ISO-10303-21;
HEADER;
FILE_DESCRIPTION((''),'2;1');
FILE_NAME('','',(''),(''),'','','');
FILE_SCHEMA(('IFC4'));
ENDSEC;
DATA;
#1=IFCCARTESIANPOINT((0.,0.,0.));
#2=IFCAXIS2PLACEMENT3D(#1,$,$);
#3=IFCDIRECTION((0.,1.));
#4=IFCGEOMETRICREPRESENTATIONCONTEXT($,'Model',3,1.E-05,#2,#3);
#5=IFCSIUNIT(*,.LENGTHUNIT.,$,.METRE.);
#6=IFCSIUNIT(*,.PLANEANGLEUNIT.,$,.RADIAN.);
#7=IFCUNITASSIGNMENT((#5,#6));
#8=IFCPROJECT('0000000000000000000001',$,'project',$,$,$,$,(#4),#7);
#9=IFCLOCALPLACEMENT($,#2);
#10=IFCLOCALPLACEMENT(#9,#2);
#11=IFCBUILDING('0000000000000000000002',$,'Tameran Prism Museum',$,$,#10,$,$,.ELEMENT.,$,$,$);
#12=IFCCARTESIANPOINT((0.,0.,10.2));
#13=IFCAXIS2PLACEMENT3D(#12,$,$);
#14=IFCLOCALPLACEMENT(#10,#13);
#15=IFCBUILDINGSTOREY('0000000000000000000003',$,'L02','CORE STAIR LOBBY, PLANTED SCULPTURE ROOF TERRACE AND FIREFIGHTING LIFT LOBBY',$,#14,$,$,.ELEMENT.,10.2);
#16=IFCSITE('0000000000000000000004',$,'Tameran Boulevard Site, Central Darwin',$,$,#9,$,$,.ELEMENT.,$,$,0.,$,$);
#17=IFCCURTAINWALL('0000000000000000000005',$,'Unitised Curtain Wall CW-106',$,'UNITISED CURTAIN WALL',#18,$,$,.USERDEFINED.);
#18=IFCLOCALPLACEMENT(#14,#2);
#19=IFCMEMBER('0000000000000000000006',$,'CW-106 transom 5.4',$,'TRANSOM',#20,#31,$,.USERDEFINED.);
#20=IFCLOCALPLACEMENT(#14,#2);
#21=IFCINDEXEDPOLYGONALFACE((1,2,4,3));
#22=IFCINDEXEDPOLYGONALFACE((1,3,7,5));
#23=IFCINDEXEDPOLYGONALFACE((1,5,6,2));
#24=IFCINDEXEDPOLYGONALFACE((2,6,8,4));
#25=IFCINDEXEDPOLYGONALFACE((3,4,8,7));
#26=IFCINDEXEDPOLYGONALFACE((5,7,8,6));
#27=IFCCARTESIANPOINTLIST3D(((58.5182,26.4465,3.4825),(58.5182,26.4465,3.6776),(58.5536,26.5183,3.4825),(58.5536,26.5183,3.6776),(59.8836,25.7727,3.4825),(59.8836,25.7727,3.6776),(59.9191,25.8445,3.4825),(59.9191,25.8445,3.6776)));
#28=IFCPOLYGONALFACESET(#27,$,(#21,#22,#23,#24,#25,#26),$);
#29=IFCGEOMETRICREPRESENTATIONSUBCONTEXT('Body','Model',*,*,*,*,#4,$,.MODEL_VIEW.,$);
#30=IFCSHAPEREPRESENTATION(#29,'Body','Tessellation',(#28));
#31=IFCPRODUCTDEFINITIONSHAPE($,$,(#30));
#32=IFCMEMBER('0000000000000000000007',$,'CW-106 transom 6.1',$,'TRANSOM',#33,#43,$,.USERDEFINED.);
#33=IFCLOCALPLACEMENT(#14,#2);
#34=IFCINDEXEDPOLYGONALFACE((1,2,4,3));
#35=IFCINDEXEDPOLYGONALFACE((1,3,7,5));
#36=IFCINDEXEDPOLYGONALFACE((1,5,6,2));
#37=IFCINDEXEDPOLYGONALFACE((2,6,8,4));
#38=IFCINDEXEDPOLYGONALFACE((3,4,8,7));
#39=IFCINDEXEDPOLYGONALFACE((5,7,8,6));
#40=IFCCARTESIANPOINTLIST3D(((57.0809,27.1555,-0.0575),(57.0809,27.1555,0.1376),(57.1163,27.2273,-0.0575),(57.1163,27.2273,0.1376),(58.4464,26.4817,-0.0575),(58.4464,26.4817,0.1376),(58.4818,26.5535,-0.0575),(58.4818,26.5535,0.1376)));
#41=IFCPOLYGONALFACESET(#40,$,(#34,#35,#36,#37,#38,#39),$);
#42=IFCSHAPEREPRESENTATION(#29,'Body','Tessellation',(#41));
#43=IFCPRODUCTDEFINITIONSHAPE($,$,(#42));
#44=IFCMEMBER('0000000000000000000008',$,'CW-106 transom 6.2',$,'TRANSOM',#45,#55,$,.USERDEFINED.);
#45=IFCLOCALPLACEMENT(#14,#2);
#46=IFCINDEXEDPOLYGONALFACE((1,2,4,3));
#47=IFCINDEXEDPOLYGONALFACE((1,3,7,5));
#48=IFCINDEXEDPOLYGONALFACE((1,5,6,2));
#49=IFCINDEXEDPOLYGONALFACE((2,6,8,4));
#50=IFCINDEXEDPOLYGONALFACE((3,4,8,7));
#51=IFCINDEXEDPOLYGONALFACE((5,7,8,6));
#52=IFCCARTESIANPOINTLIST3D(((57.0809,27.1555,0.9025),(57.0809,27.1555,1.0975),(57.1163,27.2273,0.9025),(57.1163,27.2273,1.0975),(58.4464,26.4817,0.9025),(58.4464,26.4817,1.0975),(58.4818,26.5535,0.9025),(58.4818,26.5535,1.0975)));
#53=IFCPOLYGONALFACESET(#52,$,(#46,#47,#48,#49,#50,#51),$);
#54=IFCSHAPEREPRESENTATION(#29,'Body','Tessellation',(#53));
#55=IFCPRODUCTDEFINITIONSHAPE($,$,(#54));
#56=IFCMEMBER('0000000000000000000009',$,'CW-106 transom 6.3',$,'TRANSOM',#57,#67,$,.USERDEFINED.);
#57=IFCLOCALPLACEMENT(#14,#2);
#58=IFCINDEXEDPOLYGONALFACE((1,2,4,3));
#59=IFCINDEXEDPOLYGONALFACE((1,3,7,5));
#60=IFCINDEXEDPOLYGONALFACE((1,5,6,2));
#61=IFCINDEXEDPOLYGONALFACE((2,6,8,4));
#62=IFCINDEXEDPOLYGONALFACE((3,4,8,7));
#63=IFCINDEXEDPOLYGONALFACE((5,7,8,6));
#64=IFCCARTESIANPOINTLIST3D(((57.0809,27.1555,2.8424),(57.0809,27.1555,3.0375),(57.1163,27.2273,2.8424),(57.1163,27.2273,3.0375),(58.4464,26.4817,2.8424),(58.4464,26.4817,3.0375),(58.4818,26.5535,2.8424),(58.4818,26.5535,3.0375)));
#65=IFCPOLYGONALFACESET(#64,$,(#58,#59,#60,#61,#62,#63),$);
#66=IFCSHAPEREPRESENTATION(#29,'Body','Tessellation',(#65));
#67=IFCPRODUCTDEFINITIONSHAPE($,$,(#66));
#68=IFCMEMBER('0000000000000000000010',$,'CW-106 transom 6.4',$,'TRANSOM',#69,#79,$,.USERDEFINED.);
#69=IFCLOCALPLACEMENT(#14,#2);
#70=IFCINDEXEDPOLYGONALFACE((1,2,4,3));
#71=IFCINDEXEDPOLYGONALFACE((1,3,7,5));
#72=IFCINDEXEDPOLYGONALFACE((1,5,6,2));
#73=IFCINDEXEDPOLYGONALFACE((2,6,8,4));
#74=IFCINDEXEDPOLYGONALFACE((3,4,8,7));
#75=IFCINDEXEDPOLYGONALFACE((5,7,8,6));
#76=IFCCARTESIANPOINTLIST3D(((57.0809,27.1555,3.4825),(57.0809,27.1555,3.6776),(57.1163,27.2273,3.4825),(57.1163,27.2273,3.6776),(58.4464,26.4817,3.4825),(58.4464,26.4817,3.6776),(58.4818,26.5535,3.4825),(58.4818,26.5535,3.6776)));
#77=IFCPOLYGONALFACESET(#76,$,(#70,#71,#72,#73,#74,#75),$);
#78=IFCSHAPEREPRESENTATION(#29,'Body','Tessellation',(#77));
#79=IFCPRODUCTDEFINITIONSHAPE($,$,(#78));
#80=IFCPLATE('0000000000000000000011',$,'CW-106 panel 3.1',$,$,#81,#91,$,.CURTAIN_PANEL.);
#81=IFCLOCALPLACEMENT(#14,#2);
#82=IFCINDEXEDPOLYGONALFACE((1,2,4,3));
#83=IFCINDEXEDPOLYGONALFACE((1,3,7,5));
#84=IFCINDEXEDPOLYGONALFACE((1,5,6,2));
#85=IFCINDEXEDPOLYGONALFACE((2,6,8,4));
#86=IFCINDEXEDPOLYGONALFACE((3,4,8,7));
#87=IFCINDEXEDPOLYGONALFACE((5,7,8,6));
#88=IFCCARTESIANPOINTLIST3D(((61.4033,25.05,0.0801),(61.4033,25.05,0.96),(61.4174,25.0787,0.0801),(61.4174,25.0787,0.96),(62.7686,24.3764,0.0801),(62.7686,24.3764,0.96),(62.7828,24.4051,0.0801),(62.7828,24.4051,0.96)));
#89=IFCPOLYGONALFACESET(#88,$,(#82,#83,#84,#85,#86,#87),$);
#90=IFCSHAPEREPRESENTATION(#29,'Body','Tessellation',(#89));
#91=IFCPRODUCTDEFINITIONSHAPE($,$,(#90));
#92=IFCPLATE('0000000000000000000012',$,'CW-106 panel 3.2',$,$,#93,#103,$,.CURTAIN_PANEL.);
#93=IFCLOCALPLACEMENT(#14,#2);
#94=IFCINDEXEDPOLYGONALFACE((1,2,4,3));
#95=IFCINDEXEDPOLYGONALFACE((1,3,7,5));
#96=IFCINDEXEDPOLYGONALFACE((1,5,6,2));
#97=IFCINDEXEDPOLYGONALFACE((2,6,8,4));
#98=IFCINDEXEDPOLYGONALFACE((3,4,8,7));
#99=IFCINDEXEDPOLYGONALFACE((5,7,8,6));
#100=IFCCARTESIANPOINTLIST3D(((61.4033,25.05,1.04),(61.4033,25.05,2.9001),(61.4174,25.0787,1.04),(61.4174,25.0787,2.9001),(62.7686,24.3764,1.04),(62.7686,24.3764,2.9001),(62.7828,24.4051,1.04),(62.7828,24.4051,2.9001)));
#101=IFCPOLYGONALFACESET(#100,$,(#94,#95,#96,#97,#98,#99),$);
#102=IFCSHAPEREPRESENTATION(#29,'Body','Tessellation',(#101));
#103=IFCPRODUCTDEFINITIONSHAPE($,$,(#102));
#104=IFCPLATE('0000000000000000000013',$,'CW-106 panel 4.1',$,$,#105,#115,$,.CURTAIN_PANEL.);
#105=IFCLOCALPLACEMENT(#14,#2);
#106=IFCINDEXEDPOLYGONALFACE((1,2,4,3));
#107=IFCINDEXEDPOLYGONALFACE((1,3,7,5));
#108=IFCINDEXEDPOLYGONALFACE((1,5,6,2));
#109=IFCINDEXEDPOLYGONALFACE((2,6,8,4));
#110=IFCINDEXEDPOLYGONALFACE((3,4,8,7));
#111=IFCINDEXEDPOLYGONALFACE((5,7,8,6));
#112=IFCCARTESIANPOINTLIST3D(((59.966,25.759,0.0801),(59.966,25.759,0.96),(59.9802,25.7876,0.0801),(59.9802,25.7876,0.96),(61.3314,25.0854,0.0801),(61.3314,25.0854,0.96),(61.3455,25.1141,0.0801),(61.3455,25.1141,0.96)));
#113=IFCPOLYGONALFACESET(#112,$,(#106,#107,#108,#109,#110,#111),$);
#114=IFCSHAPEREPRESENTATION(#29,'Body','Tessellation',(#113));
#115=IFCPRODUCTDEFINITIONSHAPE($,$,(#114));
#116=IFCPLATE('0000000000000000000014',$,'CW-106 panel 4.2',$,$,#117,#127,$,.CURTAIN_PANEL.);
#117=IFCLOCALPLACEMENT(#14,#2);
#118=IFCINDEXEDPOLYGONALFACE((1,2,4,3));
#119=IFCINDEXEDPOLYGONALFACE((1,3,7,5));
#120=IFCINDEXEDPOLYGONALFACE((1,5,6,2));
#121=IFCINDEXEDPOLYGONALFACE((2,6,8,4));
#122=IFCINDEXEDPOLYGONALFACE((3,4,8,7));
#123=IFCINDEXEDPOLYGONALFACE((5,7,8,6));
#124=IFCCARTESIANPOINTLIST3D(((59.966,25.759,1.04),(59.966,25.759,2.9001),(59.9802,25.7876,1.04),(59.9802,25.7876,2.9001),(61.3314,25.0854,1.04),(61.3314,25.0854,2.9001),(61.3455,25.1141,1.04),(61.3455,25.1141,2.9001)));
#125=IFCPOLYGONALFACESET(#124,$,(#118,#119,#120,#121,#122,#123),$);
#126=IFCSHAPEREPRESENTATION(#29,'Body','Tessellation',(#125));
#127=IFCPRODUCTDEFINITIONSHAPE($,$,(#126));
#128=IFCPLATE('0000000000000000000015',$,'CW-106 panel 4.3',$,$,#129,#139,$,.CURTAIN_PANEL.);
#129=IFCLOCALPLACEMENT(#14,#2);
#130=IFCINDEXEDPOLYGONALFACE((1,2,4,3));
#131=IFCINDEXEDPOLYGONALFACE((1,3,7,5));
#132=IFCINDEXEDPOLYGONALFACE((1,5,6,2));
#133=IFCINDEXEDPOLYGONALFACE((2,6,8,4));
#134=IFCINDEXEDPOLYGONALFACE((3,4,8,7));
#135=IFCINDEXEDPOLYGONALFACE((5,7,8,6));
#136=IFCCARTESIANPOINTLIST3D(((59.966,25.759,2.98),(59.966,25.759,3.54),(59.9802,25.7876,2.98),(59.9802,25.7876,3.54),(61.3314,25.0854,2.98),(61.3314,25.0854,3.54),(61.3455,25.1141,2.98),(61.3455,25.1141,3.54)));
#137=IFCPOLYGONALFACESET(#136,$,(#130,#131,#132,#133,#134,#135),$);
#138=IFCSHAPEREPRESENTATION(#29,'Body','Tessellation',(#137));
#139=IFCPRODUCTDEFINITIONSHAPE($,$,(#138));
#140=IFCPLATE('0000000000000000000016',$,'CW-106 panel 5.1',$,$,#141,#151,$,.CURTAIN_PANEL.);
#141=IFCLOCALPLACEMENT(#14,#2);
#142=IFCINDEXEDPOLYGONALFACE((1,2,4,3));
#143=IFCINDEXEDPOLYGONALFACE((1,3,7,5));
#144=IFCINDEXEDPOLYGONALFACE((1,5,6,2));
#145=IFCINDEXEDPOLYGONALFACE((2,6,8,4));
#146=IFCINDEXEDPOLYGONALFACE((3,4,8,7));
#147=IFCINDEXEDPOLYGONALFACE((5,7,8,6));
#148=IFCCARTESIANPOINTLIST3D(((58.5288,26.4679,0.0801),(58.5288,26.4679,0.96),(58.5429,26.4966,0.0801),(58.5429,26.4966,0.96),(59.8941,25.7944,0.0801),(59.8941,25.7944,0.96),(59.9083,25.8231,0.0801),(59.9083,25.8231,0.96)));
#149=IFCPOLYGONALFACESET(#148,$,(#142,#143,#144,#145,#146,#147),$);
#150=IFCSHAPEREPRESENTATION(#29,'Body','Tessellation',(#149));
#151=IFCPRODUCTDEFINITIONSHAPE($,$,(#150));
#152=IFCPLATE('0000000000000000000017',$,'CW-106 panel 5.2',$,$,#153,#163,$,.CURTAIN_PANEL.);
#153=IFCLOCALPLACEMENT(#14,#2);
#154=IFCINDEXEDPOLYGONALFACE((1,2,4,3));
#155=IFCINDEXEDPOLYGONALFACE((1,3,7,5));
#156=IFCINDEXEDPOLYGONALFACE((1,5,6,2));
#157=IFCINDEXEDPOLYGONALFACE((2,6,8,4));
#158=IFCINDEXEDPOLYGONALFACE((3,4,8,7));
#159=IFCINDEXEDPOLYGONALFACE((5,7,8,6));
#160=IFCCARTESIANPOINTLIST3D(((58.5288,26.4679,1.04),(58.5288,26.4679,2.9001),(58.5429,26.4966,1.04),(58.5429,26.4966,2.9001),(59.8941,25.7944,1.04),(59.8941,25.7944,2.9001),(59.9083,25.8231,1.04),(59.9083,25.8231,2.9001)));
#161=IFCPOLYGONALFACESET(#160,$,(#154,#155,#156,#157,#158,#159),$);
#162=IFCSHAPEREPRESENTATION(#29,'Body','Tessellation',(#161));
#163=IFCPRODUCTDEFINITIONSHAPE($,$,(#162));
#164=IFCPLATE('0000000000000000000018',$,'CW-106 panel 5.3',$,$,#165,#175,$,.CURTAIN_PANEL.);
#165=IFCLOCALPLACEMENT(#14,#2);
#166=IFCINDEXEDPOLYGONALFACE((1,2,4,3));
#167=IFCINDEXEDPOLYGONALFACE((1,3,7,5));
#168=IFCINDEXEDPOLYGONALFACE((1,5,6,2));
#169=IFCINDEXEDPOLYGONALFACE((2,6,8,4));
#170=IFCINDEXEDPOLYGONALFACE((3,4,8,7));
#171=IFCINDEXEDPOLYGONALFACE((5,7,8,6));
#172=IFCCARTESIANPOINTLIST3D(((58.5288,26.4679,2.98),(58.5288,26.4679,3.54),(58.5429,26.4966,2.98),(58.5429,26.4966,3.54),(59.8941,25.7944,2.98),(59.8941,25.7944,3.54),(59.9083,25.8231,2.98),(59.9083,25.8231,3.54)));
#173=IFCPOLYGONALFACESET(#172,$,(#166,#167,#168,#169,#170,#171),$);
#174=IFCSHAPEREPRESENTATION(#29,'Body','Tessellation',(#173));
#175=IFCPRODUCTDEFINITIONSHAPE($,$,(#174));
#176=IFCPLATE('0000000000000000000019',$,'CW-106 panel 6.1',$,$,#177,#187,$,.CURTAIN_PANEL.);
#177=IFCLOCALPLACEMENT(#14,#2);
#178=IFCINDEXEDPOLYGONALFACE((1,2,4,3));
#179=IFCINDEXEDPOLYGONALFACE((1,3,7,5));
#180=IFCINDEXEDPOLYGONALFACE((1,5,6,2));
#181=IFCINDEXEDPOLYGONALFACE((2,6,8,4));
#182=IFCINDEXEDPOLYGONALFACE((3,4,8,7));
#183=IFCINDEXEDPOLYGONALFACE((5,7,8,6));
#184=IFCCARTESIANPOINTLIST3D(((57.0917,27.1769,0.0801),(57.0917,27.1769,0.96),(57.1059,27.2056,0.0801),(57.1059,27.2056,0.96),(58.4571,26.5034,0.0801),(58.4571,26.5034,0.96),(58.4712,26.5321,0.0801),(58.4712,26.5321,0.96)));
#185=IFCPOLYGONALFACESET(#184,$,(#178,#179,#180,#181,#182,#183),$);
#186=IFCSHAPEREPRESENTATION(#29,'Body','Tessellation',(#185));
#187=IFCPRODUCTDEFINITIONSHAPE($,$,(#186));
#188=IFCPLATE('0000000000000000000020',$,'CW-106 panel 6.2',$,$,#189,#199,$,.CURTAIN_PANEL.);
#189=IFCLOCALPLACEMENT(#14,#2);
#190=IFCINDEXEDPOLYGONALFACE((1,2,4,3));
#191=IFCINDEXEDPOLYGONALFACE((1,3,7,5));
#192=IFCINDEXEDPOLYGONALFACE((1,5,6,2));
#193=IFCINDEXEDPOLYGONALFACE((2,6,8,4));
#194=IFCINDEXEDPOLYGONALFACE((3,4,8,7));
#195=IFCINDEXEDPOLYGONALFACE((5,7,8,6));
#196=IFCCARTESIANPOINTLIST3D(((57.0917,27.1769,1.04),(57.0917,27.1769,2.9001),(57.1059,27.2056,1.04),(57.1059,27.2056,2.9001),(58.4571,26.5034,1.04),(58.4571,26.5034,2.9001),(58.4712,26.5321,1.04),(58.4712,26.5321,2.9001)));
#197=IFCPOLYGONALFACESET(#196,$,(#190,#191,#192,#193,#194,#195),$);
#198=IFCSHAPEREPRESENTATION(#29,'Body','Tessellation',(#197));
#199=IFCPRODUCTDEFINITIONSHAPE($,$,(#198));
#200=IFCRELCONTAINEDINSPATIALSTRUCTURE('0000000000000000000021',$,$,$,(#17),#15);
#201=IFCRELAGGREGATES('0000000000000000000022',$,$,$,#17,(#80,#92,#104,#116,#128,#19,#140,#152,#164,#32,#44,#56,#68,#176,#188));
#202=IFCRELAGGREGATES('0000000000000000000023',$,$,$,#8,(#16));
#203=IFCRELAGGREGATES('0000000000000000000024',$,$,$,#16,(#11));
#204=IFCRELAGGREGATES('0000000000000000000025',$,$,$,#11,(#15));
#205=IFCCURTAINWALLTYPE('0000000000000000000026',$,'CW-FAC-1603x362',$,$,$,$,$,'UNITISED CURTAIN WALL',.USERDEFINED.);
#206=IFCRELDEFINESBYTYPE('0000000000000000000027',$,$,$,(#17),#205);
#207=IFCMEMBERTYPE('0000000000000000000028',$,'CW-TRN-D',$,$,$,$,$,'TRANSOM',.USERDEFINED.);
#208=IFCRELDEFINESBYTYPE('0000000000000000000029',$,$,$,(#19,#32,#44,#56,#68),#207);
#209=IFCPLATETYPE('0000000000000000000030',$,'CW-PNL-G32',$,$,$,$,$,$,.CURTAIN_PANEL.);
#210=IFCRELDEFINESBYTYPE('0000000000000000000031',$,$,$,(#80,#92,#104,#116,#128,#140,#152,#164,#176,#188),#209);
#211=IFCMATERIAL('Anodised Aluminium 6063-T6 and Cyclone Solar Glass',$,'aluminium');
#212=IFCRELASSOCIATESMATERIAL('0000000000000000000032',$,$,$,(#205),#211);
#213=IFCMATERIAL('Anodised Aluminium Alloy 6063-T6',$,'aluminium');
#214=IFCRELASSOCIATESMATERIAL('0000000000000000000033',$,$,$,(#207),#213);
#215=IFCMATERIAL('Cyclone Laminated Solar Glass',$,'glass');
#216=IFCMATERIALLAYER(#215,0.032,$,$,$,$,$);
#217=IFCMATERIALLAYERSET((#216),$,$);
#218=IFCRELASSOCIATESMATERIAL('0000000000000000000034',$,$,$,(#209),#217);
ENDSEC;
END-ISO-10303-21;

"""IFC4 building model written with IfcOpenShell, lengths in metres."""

from ifc_helpers import new_model, si_unit, direction, frame, origin, origin_2d, place, context, subcontext, project, spatial, rectangle, extrude, material, layer, layer_set, material_profile, profile_set, type_object, element, aggregate, save


model = new_model("IFC4")

# Units and contexts
model_context = context("Model", 3, precision=1e-05, world=origin(), true_north=direction((0.0, 1.0)))
body_context = subcontext(model_context, "Body", "Model", "MODEL_VIEW")
ifc_project = project(units=[si_unit("LENGTHUNIT", "METRE"), si_unit("PLANEANGLEUNIT", "RADIAN")], contexts=[model_context])

# Site, building, storey
site_placement = place(None, origin())
site = spatial("IfcSite", under=ifc_project, at=site_placement, Name="Tameran Boulevard Site, Central Darwin", CompositionType="ELEMENT", RefElevation=0.0)
building_placement = place(site_placement, origin())
building = spatial("IfcBuilding", under=site, at=building_placement, Name="Tameran Prism Museum", CompositionType="ELEMENT")
storey_placement = place(building_placement, frame((0.0, 0.0, 10.2)))
storey = spatial("IfcBuildingStorey", under=building, at=storey_placement, Name="L02", Description="CORE STAIR LOBBY, PLANTED SCULPTURE ROOF TERRACE AND FIREFIGHTING LIFT LOBBY", CompositionType="ELEMENT", Elevation=10.2)

# Curtain wall, members, plates
ifc_material_1 = material(Name="Anodised Aluminium 6063-T6 and Cyclone Solar Glass", Category="aluminium")
curtain_wall_type = type_object("IfcCurtainWallType", Name="CW-FAC-1603x362", ElementType="UNITISED CURTAIN WALL", PredefinedType="USERDEFINED", material=ifc_material_1)
curtain_wall_placement = place(storey_placement, origin())
curtain_wall = element("IfcCurtainWall", 1, at=curtain_wall_placement, inside=storey, type_object=curtain_wall_type, Name="Unitised Curtain Wall CW-106", ObjectType="UNITISED CURTAIN WALL", PredefinedType="USERDEFINED")
ifc_material_2 = material(Name="Anodised Aluminium Alloy 6063-T6", Category="aluminium")
ifc_material_profile_1 = material_profile(ifc_material_2, rectangle(XDim=0.0801, YDim=0.1951, at=origin_2d()))
ifc_profile_set_1 = profile_set([ifc_material_profile_1])
member_type_1 = type_object("IfcMemberType", Name="CW-TRN-D", ElementType="TRANSOM", PredefinedType="USERDEFINED", material=ifc_profile_set_1)
member_1_placement = place(storey_placement, frame((59.9014, 25.8086, 3.5801), z_axis=(-0.896756, 0.442526, 0.0), x_axis=(-0.442526, -0.896756, 0.0)))
member_1 = element("IfcMember", 2, at=member_1_placement, type_object=member_type_1, Name="CW-106 transom 5.4", ObjectType="TRANSOM", PredefinedType="USERDEFINED", context=body_context, shape_type="SweptSolid", body=[
    extrude(rectangle(XDim=0.0801, YDim=0.1951, at=origin_2d()), origin(), (0.0, 0.0, 1.0), 1.5227),
])
member_2_placement = place(storey_placement, frame((58.4641, 26.5176, 0.04), z_axis=(-0.896756, 0.442526, 0.0), x_axis=(-0.442526, -0.896756, 0.0)))
member_2 = element("IfcMember", 3, at=member_2_placement, type_object=member_type_1, Name="CW-106 transom 6.1", ObjectType="TRANSOM", PredefinedType="USERDEFINED", context=body_context, shape_type="SweptSolid", body=[
    extrude(rectangle(XDim=0.0801, YDim=0.1951, at=origin_2d()), origin(), (0.0, 0.0, 1.0), 1.5227),
])
member_3_placement = place(storey_placement, frame((58.4641, 26.5176, 1.0), z_axis=(-0.896756, 0.442526, 0.0), x_axis=(-0.442526, -0.896756, 0.0)))
member_3 = element("IfcMember", 4, at=member_3_placement, type_object=member_type_1, Name="CW-106 transom 6.2", ObjectType="TRANSOM", PredefinedType="USERDEFINED", context=body_context, shape_type="SweptSolid", body=[
    extrude(rectangle(XDim=0.0801, YDim=0.1951, at=origin_2d()), origin(), (0.0, 0.0, 1.0), 1.5227),
])
member_4_placement = place(storey_placement, frame((58.4641, 26.5176, 2.9399), z_axis=(-0.896756, 0.442526, 0.0), x_axis=(-0.442526, -0.896756, 0.0)))
member_4 = element("IfcMember", 5, at=member_4_placement, type_object=member_type_1, Name="CW-106 transom 6.3", ObjectType="TRANSOM", PredefinedType="USERDEFINED", context=body_context, shape_type="SweptSolid", body=[
    extrude(rectangle(XDim=0.0801, YDim=0.1951, at=origin_2d()), origin(), (0.0, 0.0, 1.0), 1.5227),
])
member_5_placement = place(storey_placement, frame((58.4641, 26.5176, 3.5801), z_axis=(-0.896756, 0.442526, 0.0), x_axis=(-0.442526, -0.896756, 0.0)))
member_5 = element("IfcMember", 6, at=member_5_placement, type_object=member_type_1, Name="CW-106 transom 6.4", ObjectType="TRANSOM", PredefinedType="USERDEFINED", context=body_context, shape_type="SweptSolid", body=[
    extrude(rectangle(XDim=0.0801, YDim=0.1951, at=origin_2d()), origin(), (0.0, 0.0, 1.0), 1.5227),
])
ifc_material_3 = material(Name="Cyclone Laminated Solar Glass", Category="glass")
ifc_layer = layer(ifc_material_3, 0.032)
ifc_layer_set = layer_set([ifc_layer])
plate_type = type_object("IfcPlateType", Name="CW-PNL-G32", PredefinedType="CURTAIN_PANEL", material=ifc_layer_set)
plate_1_placement = place(storey_placement, frame((62.093, 24.7275, 0.0801), z_axis=(0.0, 0.0, 1.0), x_axis=(-0.896811, 0.442415, 0.0)))
plate_1 = element("IfcPlate", 7, at=plate_1_placement, type_object=plate_type, Name="CW-106 panel 3.1", PredefinedType="CURTAIN_PANEL", context=body_context, shape_type="SweptSolid", body=[
    extrude(rectangle(XDim=1.5225, YDim=0.032, at=origin_2d()), origin(), (0.0, 0.0, 1.0), 0.8799),
])
plate_2_placement = place(storey_placement, frame((62.093, 24.7275, 1.04), z_axis=(0.0, 0.0, 1.0), x_axis=(-0.896811, 0.442415, 0.0)))
plate_2 = element("IfcPlate", 8, at=plate_2_placement, type_object=plate_type, Name="CW-106 panel 3.2", PredefinedType="CURTAIN_PANEL", context=body_context, shape_type="SweptSolid", body=[
    extrude(rectangle(XDim=1.5225, YDim=0.032, at=origin_2d()), origin(), (0.0, 0.0, 1.0), 1.8601),
])
plate_3_placement = place(storey_placement, frame((60.6558, 25.4365, 0.0801), z_axis=(0.0, 0.0, 1.0), x_axis=(-0.896811, 0.442415, 0.0)))
plate_3 = element("IfcPlate", 9, at=plate_3_placement, type_object=plate_type, Name="CW-106 panel 4.1", PredefinedType="CURTAIN_PANEL", context=body_context, shape_type="SweptSolid", body=[
    extrude(rectangle(XDim=1.5225, YDim=0.032, at=origin_2d()), origin(), (0.0, 0.0, 1.0), 0.8799),
])
plate_4_placement = place(storey_placement, frame((60.6558, 25.4365, 1.04), z_axis=(0.0, 0.0, 1.0), x_axis=(-0.896811, 0.442415, 0.0)))
plate_4 = element("IfcPlate", 10, at=plate_4_placement, type_object=plate_type, Name="CW-106 panel 4.2", PredefinedType="CURTAIN_PANEL", context=body_context, shape_type="SweptSolid", body=[
    extrude(rectangle(XDim=1.5225, YDim=0.032, at=origin_2d()), origin(), (0.0, 0.0, 1.0), 1.8601),
])
plate_5_placement = place(storey_placement, frame((60.6558, 25.4365, 2.98), z_axis=(0.0, 0.0, 1.0), x_axis=(-0.896811, 0.442415, 0.0)))
plate_5 = element("IfcPlate", 11, at=plate_5_placement, type_object=plate_type, Name="CW-106 panel 4.3", PredefinedType="CURTAIN_PANEL", context=body_context, shape_type="SweptSolid", body=[
    extrude(rectangle(XDim=1.5225, YDim=0.032, at=origin_2d()), origin(), (0.0, 0.0, 1.0), 0.5601),
])
plate_6_placement = place(storey_placement, frame((59.2185, 26.1455, 0.0801), z_axis=(0.0, 0.0, 1.0), x_axis=(-0.896811, 0.442415, 0.0)))
plate_6 = element("IfcPlate", 12, at=plate_6_placement, type_object=plate_type, Name="CW-106 panel 5.1", PredefinedType="CURTAIN_PANEL", context=body_context, shape_type="SweptSolid", body=[
    extrude(rectangle(XDim=1.5225, YDim=0.032, at=origin_2d()), origin(), (0.0, 0.0, 1.0), 0.8799),
])
plate_7_placement = place(storey_placement, frame((59.2185, 26.1455, 1.04), z_axis=(0.0, 0.0, 1.0), x_axis=(-0.896811, 0.442415, 0.0)))
plate_7 = element("IfcPlate", 13, at=plate_7_placement, type_object=plate_type, Name="CW-106 panel 5.2", PredefinedType="CURTAIN_PANEL", context=body_context, shape_type="SweptSolid", body=[
    extrude(rectangle(XDim=1.5225, YDim=0.032, at=origin_2d()), origin(), (0.0, 0.0, 1.0), 1.8601),
])
plate_8_placement = place(storey_placement, frame((59.2185, 26.1455, 2.98), z_axis=(0.0, 0.0, 1.0), x_axis=(-0.896811, 0.442415, 0.0)))
plate_8 = element("IfcPlate", 14, at=plate_8_placement, type_object=plate_type, Name="CW-106 panel 5.3", PredefinedType="CURTAIN_PANEL", context=body_context, shape_type="SweptSolid", body=[
    extrude(rectangle(XDim=1.5225, YDim=0.032, at=origin_2d()), origin(), (0.0, 0.0, 1.0), 0.5601),
])
plate_9_placement = place(storey_placement, frame((57.7815, 26.8545, 0.0801), z_axis=(0.0, 0.0, 1.0), x_axis=(-0.896811, 0.442415, 0.0)))
plate_9 = element("IfcPlate", 15, at=plate_9_placement, type_object=plate_type, Name="CW-106 panel 6.1", PredefinedType="CURTAIN_PANEL", context=body_context, shape_type="SweptSolid", body=[
    extrude(rectangle(XDim=1.5225, YDim=0.032, at=origin_2d()), origin(), (0.0, 0.0, 1.0), 0.8799),
])
plate_10_placement = place(storey_placement, frame((57.7815, 26.8545, 1.04), z_axis=(0.0, 0.0, 1.0), x_axis=(-0.896811, 0.442415, 0.0)))
plate_10 = element("IfcPlate", 16, at=plate_10_placement, type_object=plate_type, Name="CW-106 panel 6.2", PredefinedType="CURTAIN_PANEL", context=body_context, shape_type="SweptSolid", body=[
    extrude(rectangle(XDim=1.5225, YDim=0.032, at=origin_2d()), origin(), (0.0, 0.0, 1.0), 1.8601),
])
aggregate(curtain_wall, [plate_1, plate_2, plate_3, plate_4, plate_5, member_1, plate_6, plate_7, plate_8, member_2, member_3, member_4, member_5, plate_9, plate_10])

save(model, "model.ifc")
